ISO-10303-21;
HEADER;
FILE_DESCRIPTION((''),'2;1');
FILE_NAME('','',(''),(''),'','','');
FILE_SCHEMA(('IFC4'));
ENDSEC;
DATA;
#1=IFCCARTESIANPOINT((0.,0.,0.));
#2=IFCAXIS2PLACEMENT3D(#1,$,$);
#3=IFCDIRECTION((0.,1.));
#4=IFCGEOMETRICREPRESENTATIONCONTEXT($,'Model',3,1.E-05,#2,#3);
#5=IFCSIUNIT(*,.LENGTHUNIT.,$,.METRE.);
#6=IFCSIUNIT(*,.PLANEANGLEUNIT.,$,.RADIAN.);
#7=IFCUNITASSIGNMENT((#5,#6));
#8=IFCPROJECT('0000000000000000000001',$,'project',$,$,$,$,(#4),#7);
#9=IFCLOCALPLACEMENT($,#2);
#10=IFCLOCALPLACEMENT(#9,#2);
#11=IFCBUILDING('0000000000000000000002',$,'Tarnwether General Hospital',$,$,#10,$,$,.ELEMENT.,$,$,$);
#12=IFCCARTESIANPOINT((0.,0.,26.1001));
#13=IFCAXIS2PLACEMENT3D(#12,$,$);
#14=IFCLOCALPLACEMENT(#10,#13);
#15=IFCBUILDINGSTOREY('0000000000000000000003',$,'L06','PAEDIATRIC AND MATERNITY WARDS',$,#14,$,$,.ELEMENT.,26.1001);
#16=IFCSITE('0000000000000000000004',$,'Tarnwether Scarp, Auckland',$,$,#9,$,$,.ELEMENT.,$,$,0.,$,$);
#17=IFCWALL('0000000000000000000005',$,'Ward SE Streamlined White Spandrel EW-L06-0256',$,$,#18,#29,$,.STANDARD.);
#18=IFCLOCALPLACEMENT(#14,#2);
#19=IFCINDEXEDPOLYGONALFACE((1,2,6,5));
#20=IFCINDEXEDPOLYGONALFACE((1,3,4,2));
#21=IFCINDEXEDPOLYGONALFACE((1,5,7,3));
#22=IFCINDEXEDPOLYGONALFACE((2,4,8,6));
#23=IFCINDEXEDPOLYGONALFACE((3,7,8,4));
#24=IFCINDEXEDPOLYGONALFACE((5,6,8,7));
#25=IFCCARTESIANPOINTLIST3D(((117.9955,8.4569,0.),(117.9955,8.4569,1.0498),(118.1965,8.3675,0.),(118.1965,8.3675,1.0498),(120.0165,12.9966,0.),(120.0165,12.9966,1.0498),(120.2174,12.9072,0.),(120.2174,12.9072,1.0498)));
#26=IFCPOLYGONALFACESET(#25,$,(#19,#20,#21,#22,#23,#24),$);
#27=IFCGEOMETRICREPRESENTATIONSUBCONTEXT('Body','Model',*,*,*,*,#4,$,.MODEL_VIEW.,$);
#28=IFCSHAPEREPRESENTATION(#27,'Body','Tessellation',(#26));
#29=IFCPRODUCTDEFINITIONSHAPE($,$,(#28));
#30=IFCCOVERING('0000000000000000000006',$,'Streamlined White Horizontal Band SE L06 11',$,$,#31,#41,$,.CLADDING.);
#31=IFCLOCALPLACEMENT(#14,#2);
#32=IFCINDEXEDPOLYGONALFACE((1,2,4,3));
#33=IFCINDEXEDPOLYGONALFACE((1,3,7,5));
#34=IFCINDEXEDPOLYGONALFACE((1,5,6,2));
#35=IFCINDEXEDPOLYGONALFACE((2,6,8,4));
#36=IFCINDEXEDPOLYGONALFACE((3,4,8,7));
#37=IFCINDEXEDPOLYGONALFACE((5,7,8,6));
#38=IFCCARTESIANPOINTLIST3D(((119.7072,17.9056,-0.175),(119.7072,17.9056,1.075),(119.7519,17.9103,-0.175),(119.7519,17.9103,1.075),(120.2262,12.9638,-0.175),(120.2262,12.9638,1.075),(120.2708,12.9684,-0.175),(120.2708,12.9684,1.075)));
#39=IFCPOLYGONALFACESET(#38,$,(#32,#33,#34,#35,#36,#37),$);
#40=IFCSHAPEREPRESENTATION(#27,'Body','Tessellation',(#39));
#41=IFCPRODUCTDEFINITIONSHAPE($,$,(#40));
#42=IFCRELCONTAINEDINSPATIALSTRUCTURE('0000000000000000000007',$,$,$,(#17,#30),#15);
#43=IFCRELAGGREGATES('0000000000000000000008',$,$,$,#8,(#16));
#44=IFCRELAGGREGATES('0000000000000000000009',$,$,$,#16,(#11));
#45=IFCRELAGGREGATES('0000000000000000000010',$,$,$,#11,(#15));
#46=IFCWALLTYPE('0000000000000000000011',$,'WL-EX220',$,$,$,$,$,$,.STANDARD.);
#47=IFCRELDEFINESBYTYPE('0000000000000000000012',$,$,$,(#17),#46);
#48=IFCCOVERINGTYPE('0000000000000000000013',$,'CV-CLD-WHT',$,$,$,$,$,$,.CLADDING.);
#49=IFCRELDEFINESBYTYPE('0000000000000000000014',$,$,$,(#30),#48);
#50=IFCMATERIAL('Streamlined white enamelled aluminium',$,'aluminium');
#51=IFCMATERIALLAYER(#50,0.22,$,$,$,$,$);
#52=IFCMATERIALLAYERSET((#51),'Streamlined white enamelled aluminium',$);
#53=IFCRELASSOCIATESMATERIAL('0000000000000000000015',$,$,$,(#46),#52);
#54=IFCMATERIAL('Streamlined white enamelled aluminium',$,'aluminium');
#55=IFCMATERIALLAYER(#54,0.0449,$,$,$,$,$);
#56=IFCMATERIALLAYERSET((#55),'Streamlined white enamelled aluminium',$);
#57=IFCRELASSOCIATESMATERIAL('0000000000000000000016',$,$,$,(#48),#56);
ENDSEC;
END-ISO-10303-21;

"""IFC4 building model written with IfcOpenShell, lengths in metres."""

from ifc_helpers import new_model, si_unit, direction, frame, frame_2d, origin, origin_2d, place, context, subcontext, project, spatial, rectangle, extrude, material, layer, layer_set, type_object, element, save


model = new_model("IFC4")

# Units and contexts
model_context = context("Model", 3, precision=1e-05, world=origin(), true_north=direction((0.0, 1.0)))
body_context = subcontext(model_context, "Body", "Model", "MODEL_VIEW")
ifc_project = project(units=[si_unit("LENGTHUNIT", "METRE"), si_unit("PLANEANGLEUNIT", "RADIAN")], contexts=[model_context])

# Site, building, storey
site_placement = place(None, origin())
site = spatial("IfcSite", under=ifc_project, at=site_placement, Name="Tarnwether Scarp, Auckland", CompositionType="ELEMENT", RefElevation=0.0)
building_placement = place(site_placement, origin())
building = spatial("IfcBuilding", under=site, at=building_placement, Name="Tarnwether General Hospital", CompositionType="ELEMENT")
storey_placement = place(building_placement, frame((0.0, 0.0, 26.1001)))
storey = spatial("IfcBuildingStorey", under=building, at=storey_placement, Name="L06", Description="PAEDIATRIC AND MATERNITY WARDS", CompositionType="ELEMENT", Elevation=26.1001)

# Wall
ifc_material_1 = material(Name="Streamlined white enamelled aluminium", Category="aluminium")
ifc_layer_1 = layer(ifc_material_1, 0.22)
ifc_layer_set_1 = layer_set([ifc_layer_1], Name="Streamlined white enamelled aluminium")
wall_type = type_object("IfcWallType", Name="WL-EX220", PredefinedType="STANDARD", material=ifc_layer_set_1)
wall_placement = place(storey_placement, frame((120.1169, 12.9519, 0.0), z_axis=(0.0, 0.0, 1.0), x_axis=(-0.406695, -0.913564, 0.0)))
element("IfcWall", 1, at=wall_placement, inside=storey, type_object=wall_type, Name="Ward SE Streamlined White Spandrel EW-L06-0256", PredefinedType="STANDARD", context=body_context, shape_type="SweptSolid", body=[
    extrude(rectangle(XDim=4.9692, YDim=0.22, at=frame_2d((2.4846, 0.0))), origin(), (0.0, 0.0, 1.0), 1.0498),
])

# Covering
ifc_material_2 = material(Name="Streamlined white enamelled aluminium", Category="aluminium")
ifc_layer_2 = layer(ifc_material_2, 0.0449)
ifc_layer_set_2 = layer_set([ifc_layer_2], Name="Streamlined white enamelled aluminium")
covering_type = type_object("IfcCoveringType", Name="CV-CLD-WHT", PredefinedType="CLADDING", material=ifc_layer_set_2)
covering_placement = place(storey_placement, frame((119.989, 15.437, -0.175), z_axis=(0.0, 0.0, 1.0), x_axis=(0.104442, -0.994531, 0.0)))
element("IfcCovering", 2, at=covering_placement, inside=storey, type_object=covering_type, Name="Streamlined White Horizontal Band SE L06 11", PredefinedType="CLADDING", context=body_context, shape_type="SweptSolid", body=[
    extrude(rectangle(XDim=4.969, YDim=0.0449, at=origin_2d()), origin(), (0.0, 0.0, 1.0), 1.25),
])

save(model, "model.ifc")
